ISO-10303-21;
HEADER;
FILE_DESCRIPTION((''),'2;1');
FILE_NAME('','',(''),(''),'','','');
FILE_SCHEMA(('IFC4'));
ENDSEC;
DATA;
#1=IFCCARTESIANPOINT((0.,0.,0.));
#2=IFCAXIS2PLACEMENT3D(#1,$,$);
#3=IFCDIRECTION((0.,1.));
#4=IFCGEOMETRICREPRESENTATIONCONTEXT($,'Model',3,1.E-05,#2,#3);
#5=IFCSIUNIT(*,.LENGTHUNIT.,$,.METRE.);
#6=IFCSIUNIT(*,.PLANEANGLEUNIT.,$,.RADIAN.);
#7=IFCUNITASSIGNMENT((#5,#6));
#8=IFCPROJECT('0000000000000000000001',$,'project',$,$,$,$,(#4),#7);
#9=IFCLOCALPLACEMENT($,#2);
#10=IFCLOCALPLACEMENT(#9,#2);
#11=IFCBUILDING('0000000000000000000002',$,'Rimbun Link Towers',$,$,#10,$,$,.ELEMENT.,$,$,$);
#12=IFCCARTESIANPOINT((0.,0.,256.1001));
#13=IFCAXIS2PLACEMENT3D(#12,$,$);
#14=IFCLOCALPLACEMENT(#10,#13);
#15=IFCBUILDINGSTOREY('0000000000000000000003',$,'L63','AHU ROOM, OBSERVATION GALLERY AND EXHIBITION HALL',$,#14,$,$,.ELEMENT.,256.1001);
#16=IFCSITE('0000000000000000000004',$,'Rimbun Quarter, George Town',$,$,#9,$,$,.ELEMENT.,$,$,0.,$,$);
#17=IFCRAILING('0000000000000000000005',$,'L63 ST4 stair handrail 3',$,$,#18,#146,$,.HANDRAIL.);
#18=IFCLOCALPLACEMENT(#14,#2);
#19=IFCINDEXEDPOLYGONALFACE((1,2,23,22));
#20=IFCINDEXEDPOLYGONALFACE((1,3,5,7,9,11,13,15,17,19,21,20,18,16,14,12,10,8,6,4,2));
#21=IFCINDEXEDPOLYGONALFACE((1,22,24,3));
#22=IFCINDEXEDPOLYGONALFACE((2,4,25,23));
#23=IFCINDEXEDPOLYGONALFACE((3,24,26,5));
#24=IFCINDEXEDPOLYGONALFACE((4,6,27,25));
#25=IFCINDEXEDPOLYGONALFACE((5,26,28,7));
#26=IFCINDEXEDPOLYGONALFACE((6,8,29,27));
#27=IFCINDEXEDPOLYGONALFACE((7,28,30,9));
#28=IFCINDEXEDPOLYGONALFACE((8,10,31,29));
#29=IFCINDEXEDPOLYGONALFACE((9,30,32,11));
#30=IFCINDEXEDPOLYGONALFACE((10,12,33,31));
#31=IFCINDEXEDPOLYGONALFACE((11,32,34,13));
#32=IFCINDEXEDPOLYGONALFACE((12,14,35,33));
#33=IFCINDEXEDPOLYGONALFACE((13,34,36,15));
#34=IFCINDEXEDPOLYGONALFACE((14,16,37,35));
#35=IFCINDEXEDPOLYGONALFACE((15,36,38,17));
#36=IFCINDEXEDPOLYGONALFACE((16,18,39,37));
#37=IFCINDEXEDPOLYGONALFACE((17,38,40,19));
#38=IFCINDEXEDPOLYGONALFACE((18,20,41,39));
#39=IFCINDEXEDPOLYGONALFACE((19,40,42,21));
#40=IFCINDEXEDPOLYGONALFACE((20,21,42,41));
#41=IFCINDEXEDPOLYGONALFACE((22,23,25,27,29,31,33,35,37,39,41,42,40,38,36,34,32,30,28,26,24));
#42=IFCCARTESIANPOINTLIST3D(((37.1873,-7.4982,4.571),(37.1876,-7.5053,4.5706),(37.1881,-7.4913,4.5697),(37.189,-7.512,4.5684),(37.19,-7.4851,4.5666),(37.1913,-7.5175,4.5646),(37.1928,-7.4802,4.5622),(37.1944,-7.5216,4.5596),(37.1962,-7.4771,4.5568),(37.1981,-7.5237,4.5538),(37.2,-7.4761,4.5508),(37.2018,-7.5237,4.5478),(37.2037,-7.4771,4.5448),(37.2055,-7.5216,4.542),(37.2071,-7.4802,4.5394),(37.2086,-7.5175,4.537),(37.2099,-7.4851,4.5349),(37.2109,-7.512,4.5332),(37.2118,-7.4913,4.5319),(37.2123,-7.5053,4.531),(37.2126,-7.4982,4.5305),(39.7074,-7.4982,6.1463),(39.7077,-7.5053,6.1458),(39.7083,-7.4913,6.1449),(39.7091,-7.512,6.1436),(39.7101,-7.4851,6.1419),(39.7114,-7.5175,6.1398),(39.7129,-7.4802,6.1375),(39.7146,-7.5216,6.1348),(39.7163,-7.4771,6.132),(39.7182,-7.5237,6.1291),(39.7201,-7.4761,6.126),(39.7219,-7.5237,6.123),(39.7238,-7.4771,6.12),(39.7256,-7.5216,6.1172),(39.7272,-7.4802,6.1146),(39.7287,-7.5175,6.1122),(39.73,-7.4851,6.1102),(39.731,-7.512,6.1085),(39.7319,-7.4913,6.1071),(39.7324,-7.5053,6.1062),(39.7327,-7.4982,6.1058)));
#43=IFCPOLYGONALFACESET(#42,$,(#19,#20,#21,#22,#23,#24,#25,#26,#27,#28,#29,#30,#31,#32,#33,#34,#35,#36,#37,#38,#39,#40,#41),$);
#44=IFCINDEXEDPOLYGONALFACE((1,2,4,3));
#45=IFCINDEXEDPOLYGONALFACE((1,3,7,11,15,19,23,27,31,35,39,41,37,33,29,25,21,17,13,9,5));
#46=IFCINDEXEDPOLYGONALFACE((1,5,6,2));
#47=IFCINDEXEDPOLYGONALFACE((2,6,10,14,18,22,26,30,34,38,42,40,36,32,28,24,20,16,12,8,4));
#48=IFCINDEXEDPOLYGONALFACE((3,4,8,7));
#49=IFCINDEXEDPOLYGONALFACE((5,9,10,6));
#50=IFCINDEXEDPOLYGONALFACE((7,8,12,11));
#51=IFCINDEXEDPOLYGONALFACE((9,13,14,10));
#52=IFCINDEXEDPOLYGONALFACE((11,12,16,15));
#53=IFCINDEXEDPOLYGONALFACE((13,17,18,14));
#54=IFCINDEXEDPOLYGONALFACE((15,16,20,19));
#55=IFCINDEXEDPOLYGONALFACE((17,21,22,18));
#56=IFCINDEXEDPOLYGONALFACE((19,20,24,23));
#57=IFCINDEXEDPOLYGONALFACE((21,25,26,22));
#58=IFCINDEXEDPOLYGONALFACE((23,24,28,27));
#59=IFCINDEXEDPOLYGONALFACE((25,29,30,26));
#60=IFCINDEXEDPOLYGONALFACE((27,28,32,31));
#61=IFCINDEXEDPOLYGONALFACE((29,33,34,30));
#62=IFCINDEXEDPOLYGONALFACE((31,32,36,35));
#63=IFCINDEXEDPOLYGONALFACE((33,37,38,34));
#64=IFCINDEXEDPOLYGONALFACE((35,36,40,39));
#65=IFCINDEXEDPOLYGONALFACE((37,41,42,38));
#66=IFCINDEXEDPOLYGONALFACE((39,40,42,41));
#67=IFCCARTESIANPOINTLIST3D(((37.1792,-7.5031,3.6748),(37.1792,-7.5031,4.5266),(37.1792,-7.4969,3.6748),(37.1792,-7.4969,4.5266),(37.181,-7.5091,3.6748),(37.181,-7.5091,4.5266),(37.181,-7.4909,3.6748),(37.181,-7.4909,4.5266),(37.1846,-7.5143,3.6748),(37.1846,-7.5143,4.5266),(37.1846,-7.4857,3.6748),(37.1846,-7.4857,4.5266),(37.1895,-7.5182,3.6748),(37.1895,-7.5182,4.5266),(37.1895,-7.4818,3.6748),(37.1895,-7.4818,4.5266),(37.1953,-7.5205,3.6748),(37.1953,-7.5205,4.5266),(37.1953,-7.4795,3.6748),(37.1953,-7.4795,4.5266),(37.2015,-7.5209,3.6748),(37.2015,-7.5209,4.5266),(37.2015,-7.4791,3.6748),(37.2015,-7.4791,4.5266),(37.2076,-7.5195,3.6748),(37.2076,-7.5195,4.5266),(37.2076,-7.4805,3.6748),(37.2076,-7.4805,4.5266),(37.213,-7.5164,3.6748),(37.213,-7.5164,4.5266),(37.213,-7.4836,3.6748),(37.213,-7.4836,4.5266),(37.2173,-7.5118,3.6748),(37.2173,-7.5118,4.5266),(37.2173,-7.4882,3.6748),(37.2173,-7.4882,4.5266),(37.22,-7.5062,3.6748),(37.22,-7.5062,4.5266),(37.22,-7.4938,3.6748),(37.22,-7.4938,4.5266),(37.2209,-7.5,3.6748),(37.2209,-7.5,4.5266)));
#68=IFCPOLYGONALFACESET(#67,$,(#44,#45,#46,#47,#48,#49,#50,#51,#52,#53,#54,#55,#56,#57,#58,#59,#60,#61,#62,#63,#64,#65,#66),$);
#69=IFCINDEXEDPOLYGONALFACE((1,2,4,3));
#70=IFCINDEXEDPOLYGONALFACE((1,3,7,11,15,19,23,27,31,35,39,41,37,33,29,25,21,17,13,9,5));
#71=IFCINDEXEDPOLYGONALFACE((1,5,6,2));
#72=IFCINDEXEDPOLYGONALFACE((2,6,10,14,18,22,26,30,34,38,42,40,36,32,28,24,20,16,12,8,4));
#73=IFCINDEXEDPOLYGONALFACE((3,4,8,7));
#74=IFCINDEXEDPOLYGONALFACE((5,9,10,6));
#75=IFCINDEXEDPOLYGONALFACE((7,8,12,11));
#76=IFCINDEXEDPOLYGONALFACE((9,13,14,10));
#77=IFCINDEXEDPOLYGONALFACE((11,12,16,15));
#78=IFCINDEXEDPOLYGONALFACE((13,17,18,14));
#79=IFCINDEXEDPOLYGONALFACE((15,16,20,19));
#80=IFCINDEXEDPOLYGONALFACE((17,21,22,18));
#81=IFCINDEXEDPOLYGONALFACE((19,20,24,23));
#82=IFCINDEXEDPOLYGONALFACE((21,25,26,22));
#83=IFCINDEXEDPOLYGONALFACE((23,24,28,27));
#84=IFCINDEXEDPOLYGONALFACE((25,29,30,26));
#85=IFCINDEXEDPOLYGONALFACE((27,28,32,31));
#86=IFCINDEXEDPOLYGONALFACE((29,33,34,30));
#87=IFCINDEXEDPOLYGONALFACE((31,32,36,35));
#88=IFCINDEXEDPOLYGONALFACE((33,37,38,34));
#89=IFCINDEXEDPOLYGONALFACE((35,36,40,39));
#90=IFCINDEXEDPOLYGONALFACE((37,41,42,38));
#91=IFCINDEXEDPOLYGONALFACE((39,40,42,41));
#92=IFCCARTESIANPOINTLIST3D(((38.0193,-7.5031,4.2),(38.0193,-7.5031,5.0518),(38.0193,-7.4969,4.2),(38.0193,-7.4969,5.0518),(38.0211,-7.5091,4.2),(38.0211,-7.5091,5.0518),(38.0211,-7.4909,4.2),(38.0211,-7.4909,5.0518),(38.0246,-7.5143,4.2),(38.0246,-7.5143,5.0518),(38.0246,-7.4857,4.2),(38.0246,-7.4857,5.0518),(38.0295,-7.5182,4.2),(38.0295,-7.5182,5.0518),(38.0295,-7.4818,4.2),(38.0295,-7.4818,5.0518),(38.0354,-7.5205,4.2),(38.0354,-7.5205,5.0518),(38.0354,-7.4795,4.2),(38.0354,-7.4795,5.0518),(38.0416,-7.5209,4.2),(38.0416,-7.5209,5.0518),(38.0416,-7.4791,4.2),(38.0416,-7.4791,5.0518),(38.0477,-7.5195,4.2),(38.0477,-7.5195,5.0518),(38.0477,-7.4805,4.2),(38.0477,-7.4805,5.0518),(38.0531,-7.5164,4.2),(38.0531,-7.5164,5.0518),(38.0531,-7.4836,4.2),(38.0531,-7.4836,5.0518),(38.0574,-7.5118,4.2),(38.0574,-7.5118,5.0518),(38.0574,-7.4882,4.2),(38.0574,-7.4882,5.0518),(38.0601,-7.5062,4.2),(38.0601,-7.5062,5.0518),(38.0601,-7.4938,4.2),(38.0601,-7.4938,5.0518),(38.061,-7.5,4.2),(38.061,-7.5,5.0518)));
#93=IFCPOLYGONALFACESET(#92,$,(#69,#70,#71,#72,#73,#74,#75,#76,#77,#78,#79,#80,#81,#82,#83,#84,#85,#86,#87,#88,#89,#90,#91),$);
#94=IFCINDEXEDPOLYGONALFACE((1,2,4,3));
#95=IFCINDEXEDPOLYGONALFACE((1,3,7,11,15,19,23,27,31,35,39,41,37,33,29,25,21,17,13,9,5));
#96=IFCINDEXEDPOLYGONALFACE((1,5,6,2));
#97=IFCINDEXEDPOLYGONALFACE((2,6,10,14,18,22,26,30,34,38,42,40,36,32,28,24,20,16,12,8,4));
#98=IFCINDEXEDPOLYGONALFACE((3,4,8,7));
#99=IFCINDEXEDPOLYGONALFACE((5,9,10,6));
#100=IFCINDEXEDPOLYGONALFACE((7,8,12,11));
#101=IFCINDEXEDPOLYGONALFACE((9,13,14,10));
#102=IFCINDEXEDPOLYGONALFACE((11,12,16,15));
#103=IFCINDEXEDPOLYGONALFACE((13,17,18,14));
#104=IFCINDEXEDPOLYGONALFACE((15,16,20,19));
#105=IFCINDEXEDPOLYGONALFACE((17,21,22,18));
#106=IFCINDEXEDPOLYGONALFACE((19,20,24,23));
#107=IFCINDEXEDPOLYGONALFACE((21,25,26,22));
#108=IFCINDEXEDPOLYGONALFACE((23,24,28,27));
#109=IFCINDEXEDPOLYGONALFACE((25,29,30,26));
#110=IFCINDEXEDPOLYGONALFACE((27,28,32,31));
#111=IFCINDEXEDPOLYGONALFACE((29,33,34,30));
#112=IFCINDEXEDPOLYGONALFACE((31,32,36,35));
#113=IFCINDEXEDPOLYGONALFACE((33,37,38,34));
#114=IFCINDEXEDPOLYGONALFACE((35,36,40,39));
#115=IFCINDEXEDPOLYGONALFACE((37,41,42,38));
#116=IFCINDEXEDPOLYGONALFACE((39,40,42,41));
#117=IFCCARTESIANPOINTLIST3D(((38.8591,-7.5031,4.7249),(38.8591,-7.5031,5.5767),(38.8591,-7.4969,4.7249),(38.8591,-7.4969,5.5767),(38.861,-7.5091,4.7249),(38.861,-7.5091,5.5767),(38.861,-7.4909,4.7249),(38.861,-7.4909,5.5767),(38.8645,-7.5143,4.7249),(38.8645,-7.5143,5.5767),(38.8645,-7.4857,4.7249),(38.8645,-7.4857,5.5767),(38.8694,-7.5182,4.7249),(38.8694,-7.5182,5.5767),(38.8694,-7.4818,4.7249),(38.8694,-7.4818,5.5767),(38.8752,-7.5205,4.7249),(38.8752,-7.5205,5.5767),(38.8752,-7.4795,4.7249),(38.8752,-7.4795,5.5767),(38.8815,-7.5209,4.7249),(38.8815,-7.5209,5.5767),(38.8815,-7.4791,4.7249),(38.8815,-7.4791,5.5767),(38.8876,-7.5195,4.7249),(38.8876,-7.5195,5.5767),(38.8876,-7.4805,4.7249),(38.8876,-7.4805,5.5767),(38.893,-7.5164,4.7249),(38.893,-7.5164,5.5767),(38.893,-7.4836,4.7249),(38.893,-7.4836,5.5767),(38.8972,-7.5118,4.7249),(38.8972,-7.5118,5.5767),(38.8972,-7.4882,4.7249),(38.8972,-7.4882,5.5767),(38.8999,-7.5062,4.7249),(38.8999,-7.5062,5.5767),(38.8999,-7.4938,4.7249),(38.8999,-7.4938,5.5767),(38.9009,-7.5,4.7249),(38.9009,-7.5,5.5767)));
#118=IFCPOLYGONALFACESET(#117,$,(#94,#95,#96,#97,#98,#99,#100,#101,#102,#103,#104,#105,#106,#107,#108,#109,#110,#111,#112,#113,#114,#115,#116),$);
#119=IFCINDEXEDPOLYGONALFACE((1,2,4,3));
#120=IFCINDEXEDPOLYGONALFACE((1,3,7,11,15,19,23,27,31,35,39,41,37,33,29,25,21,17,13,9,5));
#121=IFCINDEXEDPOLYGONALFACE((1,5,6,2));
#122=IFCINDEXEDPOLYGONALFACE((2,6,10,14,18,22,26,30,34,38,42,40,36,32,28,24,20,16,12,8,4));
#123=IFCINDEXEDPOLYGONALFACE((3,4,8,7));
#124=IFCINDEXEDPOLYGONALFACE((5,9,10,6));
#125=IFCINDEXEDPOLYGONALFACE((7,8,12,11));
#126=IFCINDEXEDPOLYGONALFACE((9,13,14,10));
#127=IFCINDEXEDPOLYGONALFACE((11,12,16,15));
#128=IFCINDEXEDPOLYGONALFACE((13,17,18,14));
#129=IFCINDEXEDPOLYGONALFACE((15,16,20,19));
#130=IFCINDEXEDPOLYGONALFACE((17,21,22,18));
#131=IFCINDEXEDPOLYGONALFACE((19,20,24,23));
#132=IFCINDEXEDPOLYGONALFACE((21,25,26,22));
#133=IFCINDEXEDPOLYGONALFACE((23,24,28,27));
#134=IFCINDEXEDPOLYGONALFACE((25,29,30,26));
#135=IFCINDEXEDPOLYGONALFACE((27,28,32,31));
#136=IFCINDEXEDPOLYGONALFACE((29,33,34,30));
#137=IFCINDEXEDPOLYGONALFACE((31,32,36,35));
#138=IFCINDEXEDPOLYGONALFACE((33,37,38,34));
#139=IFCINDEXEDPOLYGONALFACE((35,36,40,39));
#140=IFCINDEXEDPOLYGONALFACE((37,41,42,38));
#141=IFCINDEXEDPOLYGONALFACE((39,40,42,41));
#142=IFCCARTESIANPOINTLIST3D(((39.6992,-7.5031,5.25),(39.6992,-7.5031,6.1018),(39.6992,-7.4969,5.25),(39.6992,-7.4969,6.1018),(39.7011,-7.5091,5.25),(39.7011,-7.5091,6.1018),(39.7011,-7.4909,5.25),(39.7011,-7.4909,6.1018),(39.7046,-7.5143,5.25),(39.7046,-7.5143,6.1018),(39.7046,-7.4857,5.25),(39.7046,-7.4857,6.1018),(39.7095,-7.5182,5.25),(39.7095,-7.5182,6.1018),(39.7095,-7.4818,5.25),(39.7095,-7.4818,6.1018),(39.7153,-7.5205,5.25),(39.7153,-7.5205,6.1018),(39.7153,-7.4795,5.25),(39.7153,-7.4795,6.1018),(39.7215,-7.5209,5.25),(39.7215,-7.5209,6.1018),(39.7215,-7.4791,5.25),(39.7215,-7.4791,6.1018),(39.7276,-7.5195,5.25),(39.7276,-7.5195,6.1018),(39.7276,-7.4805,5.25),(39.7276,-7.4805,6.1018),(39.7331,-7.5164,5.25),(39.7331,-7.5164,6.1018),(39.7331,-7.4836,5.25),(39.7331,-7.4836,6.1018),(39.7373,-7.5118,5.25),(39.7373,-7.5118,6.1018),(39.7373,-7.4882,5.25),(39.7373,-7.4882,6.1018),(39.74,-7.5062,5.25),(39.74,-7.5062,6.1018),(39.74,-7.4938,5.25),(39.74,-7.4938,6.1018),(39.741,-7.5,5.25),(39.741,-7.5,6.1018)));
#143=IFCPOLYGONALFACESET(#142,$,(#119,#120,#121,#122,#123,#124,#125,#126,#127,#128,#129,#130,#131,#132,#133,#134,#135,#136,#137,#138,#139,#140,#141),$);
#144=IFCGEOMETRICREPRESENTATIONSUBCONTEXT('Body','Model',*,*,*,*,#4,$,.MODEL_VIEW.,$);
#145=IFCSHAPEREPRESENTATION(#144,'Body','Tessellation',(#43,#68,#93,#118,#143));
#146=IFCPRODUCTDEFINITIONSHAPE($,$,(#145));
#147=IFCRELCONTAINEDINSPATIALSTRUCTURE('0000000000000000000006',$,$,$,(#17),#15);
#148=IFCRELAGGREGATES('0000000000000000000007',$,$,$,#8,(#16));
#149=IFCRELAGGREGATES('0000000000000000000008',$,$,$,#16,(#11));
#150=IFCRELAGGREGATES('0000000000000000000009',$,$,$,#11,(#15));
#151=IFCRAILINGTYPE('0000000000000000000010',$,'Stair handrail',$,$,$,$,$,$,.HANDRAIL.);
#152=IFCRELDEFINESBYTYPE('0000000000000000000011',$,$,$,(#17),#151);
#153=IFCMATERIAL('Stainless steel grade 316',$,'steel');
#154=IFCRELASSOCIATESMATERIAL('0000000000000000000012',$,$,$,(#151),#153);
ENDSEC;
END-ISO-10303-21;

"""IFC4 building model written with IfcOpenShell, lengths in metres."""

from ifc_helpers import new_model, si_unit, direction, frame, origin, origin_2d, place, context, subcontext, project, spatial, circle, extrude, material, type_object, element, save


model = new_model("IFC4")

# Units and contexts
model_context = context("Model", 3, precision=1e-05, world=origin(), true_north=direction((0.0, 1.0)))
body_context = subcontext(model_context, "Body", "Model", "MODEL_VIEW")
ifc_project = project(units=[si_unit("LENGTHUNIT", "METRE"), si_unit("PLANEANGLEUNIT", "RADIAN")], contexts=[model_context])

# Site, building, storey
site_placement = place(None, origin())
site = spatial("IfcSite", under=ifc_project, at=site_placement, Name="Rimbun Quarter, George Town", CompositionType="ELEMENT", RefElevation=0.0)
building_placement = place(site_placement, origin())
building = spatial("IfcBuilding", under=site, at=building_placement, Name="Rimbun Link Towers", CompositionType="ELEMENT")
storey_placement = place(building_placement, frame((0.0, 0.0, 256.1001)))
storey = spatial("IfcBuildingStorey", under=building, at=storey_placement, Name="L63", Description="AHU ROOM, OBSERVATION GALLERY AND EXHIBITION HALL", CompositionType="ELEMENT", Elevation=256.1001)

# Railing
ifc_material_1 = material(Name="Stainless steel grade 316", Category="steel")
railing_type_1 = type_object("IfcRailingType", Name="Stair handrail", PredefinedType="HANDRAIL", material=ifc_material_1)
for number, where, name in (
    (1, (37.2, -7.5, 3.6748), "L63 ST4 stair handrail 3"),
):
    element("IfcRailing", number, at=place(storey_placement, frame(where)), inside=storey, type_object=railing_type_1, Name=name, PredefinedType="HANDRAIL", context=body_context, shape_type="SweptSolid", body=[
        extrude(circle(Radius=0.0239, at=origin_2d()), frame((0.0, 0.0, 0.876), z_axis=(0.847971, 0.0, 0.530043), x_axis=(0.0, 1.0, 0.0)), (0.0, 0.0, 1.0), 2.9719),
        extrude(circle(Radius=0.021, at=origin_2d()), origin(), (0.0, 0.0, 1.0), 0.8518),
        extrude(circle(Radius=0.021, at=origin_2d()), frame((0.8401, 0.0, 0.5251)), (0.0, 0.0, 1.0), 0.8518),
        extrude(circle(Radius=0.021, at=origin_2d()), frame((1.6799, 0.0, 1.05)), (0.0, 0.0, 1.0), 0.8518),
        extrude(circle(Radius=0.021, at=origin_2d()), frame((2.52, 0.0, 1.5752)), (0.0, 0.0, 1.0), 0.8518),
    ])

save(model, "model.ifc")
